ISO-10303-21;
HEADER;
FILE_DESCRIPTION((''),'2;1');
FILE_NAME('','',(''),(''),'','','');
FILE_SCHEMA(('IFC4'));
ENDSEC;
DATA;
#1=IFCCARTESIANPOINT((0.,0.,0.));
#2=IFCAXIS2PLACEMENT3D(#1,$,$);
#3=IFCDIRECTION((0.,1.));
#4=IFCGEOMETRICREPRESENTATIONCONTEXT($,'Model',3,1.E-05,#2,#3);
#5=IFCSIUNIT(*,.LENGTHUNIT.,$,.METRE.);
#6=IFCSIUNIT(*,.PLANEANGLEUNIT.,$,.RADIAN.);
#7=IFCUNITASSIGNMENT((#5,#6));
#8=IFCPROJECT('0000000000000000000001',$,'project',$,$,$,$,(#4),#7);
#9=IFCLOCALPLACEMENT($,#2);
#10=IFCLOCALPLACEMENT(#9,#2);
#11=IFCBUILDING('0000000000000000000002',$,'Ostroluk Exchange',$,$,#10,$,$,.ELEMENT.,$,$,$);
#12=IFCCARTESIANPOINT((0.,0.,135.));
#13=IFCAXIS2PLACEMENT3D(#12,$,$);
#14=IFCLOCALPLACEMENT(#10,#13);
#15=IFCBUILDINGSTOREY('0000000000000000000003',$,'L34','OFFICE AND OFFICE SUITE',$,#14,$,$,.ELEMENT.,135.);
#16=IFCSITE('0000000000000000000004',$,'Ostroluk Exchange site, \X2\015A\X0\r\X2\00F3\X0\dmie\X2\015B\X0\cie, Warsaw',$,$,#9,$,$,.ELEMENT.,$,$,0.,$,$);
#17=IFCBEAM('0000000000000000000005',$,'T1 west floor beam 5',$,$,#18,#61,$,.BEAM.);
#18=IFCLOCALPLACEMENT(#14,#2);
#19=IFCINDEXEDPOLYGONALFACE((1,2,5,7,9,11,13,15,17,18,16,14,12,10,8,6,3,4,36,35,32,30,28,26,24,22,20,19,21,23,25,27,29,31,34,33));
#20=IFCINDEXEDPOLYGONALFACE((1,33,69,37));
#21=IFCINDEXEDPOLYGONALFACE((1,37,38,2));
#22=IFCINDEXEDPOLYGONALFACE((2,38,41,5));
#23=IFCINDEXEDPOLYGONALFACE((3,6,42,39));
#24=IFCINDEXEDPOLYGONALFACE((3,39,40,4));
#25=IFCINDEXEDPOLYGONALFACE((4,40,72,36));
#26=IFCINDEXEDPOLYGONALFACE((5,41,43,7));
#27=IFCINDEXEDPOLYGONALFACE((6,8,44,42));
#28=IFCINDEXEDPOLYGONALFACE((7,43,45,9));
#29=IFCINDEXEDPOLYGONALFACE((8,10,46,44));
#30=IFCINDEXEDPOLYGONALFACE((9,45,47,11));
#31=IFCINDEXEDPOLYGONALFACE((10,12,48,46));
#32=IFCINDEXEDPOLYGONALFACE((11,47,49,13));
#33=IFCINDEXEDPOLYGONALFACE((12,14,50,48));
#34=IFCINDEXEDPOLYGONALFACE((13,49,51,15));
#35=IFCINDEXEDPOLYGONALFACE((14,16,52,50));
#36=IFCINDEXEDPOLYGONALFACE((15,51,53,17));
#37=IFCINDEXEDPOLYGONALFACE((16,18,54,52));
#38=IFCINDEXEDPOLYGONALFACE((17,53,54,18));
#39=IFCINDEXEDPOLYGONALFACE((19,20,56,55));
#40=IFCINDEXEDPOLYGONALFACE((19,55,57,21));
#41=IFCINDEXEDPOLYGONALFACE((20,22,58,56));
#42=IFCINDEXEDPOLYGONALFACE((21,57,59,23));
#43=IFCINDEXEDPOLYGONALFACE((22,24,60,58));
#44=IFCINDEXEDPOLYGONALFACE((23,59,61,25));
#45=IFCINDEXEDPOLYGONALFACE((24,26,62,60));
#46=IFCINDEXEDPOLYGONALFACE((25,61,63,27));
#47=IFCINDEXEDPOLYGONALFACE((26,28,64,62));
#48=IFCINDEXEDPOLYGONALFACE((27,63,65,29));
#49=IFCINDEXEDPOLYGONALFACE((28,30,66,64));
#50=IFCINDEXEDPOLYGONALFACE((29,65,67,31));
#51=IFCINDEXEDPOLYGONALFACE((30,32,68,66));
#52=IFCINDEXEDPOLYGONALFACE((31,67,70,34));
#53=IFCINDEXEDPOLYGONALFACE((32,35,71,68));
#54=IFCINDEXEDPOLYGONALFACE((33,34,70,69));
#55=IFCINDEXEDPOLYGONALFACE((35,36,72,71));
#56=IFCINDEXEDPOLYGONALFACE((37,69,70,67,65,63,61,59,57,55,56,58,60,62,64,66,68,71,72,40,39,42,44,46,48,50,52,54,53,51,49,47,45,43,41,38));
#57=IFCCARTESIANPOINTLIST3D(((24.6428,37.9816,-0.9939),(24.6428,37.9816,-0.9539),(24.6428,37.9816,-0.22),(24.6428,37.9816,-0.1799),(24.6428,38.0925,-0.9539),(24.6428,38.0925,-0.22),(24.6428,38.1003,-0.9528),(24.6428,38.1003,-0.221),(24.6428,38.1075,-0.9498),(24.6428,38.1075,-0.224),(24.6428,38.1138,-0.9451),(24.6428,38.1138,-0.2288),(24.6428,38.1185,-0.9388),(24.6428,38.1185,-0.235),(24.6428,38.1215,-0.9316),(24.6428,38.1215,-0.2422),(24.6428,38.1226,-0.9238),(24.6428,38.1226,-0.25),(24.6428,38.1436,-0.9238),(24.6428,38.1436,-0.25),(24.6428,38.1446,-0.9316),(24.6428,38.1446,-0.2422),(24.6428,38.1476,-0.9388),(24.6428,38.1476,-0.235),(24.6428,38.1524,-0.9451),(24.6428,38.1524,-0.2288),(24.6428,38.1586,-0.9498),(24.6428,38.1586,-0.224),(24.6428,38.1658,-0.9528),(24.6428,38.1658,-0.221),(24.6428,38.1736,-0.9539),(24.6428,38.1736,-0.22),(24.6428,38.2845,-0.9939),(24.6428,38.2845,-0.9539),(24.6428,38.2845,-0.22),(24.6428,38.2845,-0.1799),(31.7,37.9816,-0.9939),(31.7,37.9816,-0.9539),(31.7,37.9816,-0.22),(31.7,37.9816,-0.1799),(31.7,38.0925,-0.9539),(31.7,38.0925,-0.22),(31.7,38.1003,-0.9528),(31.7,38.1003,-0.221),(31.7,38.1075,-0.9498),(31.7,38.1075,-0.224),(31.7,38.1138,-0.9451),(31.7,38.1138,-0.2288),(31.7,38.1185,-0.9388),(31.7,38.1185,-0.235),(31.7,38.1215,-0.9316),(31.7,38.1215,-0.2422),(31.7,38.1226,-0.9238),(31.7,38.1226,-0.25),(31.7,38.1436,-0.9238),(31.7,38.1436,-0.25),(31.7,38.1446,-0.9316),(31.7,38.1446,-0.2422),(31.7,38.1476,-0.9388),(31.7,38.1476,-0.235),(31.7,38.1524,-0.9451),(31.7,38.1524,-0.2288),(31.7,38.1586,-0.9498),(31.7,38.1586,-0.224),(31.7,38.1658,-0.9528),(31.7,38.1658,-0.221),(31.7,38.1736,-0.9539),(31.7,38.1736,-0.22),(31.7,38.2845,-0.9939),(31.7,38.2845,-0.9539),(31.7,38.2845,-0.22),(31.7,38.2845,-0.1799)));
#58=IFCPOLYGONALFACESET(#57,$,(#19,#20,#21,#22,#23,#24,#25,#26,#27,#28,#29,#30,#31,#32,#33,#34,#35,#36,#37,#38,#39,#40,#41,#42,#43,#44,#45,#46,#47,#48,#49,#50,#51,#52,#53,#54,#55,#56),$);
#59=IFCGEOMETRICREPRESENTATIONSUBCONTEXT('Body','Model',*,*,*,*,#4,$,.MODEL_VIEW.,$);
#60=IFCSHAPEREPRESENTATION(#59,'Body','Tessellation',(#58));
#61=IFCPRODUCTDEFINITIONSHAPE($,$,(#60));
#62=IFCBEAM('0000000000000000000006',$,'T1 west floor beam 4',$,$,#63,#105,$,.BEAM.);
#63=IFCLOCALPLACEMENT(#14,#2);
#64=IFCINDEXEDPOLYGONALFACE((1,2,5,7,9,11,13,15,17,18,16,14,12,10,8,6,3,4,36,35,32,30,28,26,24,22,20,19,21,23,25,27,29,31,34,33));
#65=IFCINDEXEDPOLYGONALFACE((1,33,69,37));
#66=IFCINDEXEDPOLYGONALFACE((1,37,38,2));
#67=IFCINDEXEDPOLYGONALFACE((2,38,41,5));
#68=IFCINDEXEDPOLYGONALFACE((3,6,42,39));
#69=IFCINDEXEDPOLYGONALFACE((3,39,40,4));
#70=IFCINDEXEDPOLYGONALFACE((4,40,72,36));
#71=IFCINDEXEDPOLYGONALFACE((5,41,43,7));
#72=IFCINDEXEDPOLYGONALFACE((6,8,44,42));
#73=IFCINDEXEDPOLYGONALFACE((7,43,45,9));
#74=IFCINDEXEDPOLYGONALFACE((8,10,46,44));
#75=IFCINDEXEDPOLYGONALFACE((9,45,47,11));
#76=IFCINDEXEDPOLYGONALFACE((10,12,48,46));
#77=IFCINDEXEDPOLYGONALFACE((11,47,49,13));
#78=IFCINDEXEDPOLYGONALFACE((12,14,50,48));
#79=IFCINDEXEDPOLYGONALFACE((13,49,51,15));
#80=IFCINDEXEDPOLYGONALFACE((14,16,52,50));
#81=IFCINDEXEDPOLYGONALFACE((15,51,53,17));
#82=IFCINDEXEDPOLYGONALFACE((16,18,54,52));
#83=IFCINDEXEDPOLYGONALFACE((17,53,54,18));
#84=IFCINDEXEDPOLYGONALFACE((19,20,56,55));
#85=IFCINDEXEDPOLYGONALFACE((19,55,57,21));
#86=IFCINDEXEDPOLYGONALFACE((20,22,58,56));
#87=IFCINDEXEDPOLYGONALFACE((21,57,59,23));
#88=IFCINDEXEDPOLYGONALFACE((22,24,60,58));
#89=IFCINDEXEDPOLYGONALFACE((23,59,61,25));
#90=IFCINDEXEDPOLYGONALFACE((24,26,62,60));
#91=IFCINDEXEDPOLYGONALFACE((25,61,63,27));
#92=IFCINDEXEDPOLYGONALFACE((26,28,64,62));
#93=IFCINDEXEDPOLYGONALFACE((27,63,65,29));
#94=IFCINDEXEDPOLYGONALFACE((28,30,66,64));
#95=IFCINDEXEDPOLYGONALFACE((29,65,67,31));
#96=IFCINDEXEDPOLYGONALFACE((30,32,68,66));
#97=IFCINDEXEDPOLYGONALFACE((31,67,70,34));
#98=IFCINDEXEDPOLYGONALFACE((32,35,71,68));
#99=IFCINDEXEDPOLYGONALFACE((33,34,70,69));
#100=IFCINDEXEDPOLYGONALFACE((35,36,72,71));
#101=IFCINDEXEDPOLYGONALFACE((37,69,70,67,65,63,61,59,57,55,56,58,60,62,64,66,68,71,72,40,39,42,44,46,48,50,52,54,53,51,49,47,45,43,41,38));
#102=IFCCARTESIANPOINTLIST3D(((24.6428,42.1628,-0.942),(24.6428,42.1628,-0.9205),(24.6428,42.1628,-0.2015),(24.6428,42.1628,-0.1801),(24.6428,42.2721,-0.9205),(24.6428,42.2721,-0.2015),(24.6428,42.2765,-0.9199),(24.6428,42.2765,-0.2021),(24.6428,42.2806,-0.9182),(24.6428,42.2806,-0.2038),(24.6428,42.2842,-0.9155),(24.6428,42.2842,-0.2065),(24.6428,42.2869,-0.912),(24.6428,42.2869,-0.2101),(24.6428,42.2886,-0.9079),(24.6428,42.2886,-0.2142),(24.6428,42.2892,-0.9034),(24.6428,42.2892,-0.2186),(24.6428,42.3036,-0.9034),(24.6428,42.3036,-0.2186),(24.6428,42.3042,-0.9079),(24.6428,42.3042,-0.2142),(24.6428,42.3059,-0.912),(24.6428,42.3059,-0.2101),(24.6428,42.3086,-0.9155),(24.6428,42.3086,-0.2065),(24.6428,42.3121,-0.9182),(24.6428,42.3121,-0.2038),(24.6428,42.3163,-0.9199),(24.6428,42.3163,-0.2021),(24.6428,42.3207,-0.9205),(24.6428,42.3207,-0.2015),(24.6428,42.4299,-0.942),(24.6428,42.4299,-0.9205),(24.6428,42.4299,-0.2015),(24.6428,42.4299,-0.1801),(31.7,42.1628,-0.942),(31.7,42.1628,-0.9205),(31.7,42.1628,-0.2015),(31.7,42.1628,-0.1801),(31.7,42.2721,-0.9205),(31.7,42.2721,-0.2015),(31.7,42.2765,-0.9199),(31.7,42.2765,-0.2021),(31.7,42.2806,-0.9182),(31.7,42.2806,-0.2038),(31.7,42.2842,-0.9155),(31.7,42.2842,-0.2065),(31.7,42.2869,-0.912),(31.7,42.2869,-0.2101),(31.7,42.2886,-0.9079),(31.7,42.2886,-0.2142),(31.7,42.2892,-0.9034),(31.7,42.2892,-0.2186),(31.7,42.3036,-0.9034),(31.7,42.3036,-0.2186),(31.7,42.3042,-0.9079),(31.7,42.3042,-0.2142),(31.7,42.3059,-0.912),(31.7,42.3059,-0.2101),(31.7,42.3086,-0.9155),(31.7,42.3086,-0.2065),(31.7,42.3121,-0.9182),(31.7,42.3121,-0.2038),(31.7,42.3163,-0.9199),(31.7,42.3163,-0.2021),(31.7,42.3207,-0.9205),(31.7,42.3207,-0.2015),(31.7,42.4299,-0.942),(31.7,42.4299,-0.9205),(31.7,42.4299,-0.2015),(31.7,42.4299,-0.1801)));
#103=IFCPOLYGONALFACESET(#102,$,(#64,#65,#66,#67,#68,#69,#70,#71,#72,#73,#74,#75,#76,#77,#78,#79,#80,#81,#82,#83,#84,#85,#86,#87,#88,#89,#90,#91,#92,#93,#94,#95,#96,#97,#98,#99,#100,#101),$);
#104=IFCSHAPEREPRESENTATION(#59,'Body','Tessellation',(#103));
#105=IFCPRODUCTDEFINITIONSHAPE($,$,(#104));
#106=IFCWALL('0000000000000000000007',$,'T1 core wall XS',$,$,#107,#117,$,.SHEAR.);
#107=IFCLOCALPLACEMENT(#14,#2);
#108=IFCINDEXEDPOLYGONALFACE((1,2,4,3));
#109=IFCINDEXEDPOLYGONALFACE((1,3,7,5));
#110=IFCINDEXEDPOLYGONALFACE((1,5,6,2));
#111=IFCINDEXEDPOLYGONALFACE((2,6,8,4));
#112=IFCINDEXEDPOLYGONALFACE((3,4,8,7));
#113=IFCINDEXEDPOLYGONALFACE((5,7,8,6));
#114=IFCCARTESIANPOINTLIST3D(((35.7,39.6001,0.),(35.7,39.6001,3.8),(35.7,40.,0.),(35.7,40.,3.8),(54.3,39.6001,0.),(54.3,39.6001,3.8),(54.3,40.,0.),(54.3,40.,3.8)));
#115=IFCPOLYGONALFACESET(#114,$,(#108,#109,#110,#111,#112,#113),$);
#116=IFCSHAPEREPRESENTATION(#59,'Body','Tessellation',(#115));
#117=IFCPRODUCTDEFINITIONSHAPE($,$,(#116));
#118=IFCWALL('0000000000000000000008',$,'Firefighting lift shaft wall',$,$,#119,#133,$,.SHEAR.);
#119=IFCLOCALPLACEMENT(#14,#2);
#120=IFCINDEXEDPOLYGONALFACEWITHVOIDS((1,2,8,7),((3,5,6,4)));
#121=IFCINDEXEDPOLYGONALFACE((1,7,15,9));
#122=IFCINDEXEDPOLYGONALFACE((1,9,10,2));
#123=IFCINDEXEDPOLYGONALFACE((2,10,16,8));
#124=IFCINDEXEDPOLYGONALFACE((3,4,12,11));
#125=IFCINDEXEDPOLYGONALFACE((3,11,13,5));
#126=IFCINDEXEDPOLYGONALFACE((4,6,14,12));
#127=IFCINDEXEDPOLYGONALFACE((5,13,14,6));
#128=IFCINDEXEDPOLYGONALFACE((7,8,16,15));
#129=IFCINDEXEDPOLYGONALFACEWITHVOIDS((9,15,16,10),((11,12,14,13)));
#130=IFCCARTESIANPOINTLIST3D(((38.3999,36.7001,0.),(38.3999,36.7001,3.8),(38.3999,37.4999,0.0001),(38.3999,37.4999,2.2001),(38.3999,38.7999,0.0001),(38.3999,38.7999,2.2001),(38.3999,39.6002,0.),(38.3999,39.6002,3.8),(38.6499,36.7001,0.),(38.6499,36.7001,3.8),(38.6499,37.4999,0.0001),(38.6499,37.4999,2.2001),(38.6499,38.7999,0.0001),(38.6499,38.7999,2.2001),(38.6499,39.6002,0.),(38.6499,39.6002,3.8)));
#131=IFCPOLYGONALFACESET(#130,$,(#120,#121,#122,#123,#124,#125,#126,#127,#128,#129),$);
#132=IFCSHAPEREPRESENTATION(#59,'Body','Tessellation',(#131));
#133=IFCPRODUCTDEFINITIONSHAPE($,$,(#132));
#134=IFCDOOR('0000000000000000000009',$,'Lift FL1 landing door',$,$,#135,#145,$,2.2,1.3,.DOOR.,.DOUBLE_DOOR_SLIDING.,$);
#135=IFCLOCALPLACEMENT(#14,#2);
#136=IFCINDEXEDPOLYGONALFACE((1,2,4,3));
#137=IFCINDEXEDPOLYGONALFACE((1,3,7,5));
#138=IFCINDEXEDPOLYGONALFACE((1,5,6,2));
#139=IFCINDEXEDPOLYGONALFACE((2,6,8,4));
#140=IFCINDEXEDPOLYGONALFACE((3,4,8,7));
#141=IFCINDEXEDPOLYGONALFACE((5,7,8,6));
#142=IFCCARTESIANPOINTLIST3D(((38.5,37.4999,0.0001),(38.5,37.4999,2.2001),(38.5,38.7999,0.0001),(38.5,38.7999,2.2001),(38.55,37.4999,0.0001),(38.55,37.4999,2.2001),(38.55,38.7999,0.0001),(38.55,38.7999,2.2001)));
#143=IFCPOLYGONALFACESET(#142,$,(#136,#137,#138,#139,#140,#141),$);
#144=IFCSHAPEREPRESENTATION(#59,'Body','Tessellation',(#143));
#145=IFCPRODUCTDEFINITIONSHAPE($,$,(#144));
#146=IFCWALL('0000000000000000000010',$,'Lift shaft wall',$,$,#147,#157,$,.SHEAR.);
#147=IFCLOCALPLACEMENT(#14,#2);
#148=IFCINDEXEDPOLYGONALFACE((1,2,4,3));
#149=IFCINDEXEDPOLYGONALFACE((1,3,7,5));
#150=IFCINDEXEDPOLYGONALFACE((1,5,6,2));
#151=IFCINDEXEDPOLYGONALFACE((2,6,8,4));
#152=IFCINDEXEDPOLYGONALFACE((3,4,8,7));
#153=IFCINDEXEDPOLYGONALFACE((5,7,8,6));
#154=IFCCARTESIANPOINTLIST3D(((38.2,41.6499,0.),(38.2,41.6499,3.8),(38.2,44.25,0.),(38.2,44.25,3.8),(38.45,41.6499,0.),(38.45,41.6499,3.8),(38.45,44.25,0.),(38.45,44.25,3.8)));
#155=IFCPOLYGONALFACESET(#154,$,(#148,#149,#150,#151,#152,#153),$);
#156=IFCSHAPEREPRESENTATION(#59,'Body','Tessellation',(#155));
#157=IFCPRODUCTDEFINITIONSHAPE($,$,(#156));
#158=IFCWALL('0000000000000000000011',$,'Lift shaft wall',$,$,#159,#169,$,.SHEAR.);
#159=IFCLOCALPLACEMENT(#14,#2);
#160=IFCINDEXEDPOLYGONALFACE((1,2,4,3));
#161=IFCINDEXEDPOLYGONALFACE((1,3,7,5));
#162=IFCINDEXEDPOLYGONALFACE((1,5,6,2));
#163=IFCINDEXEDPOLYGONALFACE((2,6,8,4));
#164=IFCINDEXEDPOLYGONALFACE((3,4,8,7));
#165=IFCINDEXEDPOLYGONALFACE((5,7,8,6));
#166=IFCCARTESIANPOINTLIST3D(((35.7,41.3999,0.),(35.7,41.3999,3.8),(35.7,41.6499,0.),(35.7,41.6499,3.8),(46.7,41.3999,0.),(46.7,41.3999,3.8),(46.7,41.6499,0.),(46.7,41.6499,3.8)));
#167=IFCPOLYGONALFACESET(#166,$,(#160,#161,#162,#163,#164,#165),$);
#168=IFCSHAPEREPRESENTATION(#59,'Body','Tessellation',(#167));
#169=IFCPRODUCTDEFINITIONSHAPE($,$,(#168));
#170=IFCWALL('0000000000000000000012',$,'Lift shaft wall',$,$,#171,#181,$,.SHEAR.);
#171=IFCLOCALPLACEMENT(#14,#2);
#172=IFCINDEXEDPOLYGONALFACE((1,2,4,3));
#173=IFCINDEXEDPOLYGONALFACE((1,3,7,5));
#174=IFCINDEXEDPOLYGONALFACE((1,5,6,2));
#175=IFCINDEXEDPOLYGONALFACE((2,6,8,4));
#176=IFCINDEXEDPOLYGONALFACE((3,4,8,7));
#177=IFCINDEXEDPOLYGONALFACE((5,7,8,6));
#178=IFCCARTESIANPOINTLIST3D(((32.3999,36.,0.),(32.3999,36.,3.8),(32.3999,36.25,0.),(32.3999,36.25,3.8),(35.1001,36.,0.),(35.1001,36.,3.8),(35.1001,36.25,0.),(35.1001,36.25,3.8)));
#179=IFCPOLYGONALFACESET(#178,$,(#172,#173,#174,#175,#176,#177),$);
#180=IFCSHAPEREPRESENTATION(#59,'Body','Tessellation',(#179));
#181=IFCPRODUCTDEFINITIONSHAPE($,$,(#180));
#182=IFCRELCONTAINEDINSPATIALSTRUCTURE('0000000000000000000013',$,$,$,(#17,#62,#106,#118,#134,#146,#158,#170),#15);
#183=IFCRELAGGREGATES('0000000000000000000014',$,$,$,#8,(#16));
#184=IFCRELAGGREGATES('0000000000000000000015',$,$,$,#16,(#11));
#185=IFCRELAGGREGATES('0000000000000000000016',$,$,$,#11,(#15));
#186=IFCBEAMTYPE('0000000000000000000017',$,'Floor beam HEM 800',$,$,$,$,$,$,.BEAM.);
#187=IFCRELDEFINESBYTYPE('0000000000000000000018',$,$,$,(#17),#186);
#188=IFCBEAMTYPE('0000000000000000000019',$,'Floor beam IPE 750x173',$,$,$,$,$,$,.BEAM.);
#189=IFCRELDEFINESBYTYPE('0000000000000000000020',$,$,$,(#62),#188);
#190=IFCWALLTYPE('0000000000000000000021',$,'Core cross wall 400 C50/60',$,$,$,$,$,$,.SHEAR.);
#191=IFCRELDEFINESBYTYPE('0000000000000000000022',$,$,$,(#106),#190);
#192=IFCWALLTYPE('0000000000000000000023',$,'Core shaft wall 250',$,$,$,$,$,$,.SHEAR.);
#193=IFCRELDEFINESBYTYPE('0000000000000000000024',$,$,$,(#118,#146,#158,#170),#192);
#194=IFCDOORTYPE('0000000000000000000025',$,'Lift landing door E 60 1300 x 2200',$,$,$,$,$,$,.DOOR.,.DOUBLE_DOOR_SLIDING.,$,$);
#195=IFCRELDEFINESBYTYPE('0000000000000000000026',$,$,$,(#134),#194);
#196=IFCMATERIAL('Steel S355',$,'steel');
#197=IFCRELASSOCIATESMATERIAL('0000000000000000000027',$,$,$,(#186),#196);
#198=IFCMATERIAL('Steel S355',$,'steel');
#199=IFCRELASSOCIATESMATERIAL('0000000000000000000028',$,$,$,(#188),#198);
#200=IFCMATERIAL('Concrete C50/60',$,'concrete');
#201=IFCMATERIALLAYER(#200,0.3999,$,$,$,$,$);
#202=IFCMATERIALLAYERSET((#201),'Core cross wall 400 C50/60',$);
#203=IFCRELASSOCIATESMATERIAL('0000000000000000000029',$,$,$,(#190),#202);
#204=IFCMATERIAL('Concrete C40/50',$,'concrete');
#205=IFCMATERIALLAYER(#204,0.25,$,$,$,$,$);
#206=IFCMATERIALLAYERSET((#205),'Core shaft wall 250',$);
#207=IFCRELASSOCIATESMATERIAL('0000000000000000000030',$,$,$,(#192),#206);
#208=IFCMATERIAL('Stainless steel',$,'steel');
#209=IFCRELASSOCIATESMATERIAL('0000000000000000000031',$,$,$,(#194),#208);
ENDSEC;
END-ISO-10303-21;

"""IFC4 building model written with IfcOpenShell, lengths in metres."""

from ifc_helpers import new_model, si_unit, direction, frame, frame_2d, origin, origin_2d, place, context, subcontext, project, spatial, rectangle, i_section, extrude, material, layer, layer_set, material_profile, profile_set, type_object, element, fill, save


model = new_model("IFC4")

# Units and contexts
model_context = context("Model", 3, precision=1e-05, world=origin(), true_north=direction((0.0, 1.0)))
body_context = subcontext(model_context, "Body", "Model", "MODEL_VIEW")
ifc_project = project(units=[si_unit("LENGTHUNIT", "METRE"), si_unit("PLANEANGLEUNIT", "RADIAN")], contexts=[model_context])

# Site, building, storey
site_placement = place(None, origin())
site = spatial("IfcSite", under=ifc_project, at=site_placement, Name="Ostroluk Exchange site, Śródmieście, Warsaw", CompositionType="ELEMENT", RefElevation=0.0)
building_placement = place(site_placement, origin())
building = spatial("IfcBuilding", under=site, at=building_placement, Name="Ostroluk Exchange", CompositionType="ELEMENT")
storey_placement = place(building_placement, frame((0.0, 0.0, 135.0)))
storey = spatial("IfcBuildingStorey", under=building, at=storey_placement, Name="L34", Description="OFFICE AND OFFICE SUITE", CompositionType="ELEMENT", Elevation=135.0)

# Beams
ifc_material_1 = material(Name="Steel S355", Category="steel")
ifc_material_profile_1 = material_profile(ifc_material_1, i_section(OverallWidth=0.303, OverallDepth=0.814, WebThickness=0.021, FlangeThickness=0.04, FilletRadius=0.03, at=origin_2d()), Name="HEM 800")
ifc_profile_set_1 = profile_set([ifc_material_profile_1], Name="Steel S355")
beam_type_1 = type_object("IfcBeamType", Name="Floor beam HEM 800", PredefinedType="BEAM", material=ifc_profile_set_1)
beam_1_placement = place(storey_placement, frame((31.7, 38.1331, -0.5869), z_axis=(-1.0, 0.0, 0.0), x_axis=(0.0, -1.0, 0.0)))
element("IfcBeam", 1, at=beam_1_placement, inside=storey, type_object=beam_type_1, Name="T1 west floor beam 5", PredefinedType="BEAM", context=body_context, shape_type="SweptSolid", body=[
    extrude(i_section(OverallWidth=0.303, OverallDepth=0.814, WebThickness=0.021, FlangeThickness=0.04, FilletRadius=0.03, at=origin_2d()), origin(), (0.0, 0.0, 1.0), 7.0571),
])
ifc_material_2 = material(Name="Steel S355", Category="steel")
ifc_material_profile_2 = material_profile(ifc_material_2, i_section(OverallWidth=0.2671, OverallDepth=0.762, WebThickness=0.0144, FlangeThickness=0.0215, FilletRadius=0.0171, at=origin_2d()), Name="IPE 750x173")
ifc_profile_set_2 = profile_set([ifc_material_profile_2], Name="Steel S355")
beam_type_2 = type_object("IfcBeamType", Name="Floor beam IPE 750x173", PredefinedType="BEAM", material=ifc_profile_set_2)
beam_2_placement = place(storey_placement, frame((31.7, 42.2964, -0.561), z_axis=(-1.0, 0.0, 0.0), x_axis=(0.0, -1.0, 0.0)))
element("IfcBeam", 2, at=beam_2_placement, inside=storey, type_object=beam_type_2, Name="T1 west floor beam 4", PredefinedType="BEAM", context=body_context, shape_type="SweptSolid", body=[
    extrude(i_section(OverallWidth=0.2671, OverallDepth=0.762, WebThickness=0.0144, FlangeThickness=0.0215, FilletRadius=0.0171, at=origin_2d()), origin(), (0.0, 0.0, 1.0), 7.0571),
])

# Wall
ifc_material_3 = material(Name="Concrete C50/60", Category="concrete")
ifc_layer_1 = layer(ifc_material_3, 0.3999)
ifc_layer_set_1 = layer_set([ifc_layer_1], Name="Core cross wall 400 C50/60")
wall_type_1 = type_object("IfcWallType", Name="Core cross wall 400 C50/60", PredefinedType="SHEAR", material=ifc_layer_set_1)
wall_1_placement = place(storey_placement, frame((35.7, 39.8, 0.0), z_axis=(0.0, 0.0, 1.0), x_axis=(1.0, 0.0, 0.0)))
element("IfcWall", 3, at=wall_1_placement, inside=storey, type_object=wall_type_1, Name="T1 core wall XS", PredefinedType="SHEAR", context=body_context, shape_type="SweptSolid", body=[
    extrude(rectangle(XDim=18.6001, YDim=0.3999, at=frame_2d((9.3, 0.0))), origin(), (0.0, 0.0, 1.0), 3.8),
])

# Wall, opening, door
ifc_material_4 = material(Name="Concrete C40/50", Category="concrete")
ifc_layer_2 = layer(ifc_material_4, 0.25)
ifc_layer_set_2 = layer_set([ifc_layer_2], Name="Core shaft wall 250")
wall_type_2 = type_object("IfcWallType", Name="Core shaft wall 250", PredefinedType="SHEAR", material=ifc_layer_set_2)
wall_2_placement = place(storey_placement, frame((38.5249, 36.7, 0.0), z_axis=(0.0, 0.0, 1.0), x_axis=(0.0, 1.0, 0.0)))
wall_2 = element("IfcWall", 4, at=wall_2_placement, inside=storey, type_object=wall_type_2, Name="Firefighting lift shaft wall", PredefinedType="SHEAR", context=body_context, shape_type="SweptSolid", body=[
    extrude(rectangle(XDim=2.9001, YDim=0.25, at=frame_2d((1.4502, 0.0))), origin(), (0.0, 0.0, 1.0), 3.8),
])
opening_1_placement = place(wall_2_placement, frame((0.8, 0.0, 0.0)))
opening_1 = element("IfcOpeningElement", 5, at=opening_1_placement, cuts=wall_2, PredefinedType="OPENING", context=body_context, shape_type="SweptSolid", body=[
    extrude(rectangle(XDim=1.3, YDim=2.2, at=frame_2d((0.6499, 1.1001))), frame((0.0, 0.135, 0.0), z_axis=(0.0, -1.0, 0.0), x_axis=(1.0, 0.0, 0.0)), (0.0, 0.0, 1.0), 0.27),
])
ifc_material_5 = material(Name="Stainless steel", Category="steel")
door_type_1 = type_object("IfcDoorType", Name="Lift landing door E 60 1300 x 2200", OperationType="DOUBLE_DOOR_SLIDING", PredefinedType="DOOR", material=ifc_material_5)
door_1_placement = place(opening_1_placement, origin())
door_1 = element("IfcDoor", 6, at=door_1_placement, inside=storey, type_object=door_type_1, Name="Lift FL1 landing door", OperationType="DOUBLE_DOOR_SLIDING", OverallHeight=2.2, OverallWidth=1.3, PredefinedType="DOOR", context=body_context, shape_type="SweptSolid", body=[
    extrude(rectangle(XDim=1.3, YDim=2.2, at=frame_2d((0.6499, 1.1001))), frame((0.0, 0.0249, 0.0), z_axis=(0.0, -1.0, 0.0), x_axis=(1.0, 0.0, 0.0)), (0.0, 0.0, 1.0), 0.05),
])
fill(opening_1, door_1)

# Walls
wall_3_placement = place(storey_placement, frame((38.325, 44.25, 0.0), z_axis=(0.0, 0.0, 1.0), x_axis=(0.0, -1.0, 0.0)))
element("IfcWall", 7, at=wall_3_placement, inside=storey, type_object=wall_type_2, Name="Lift shaft wall", PredefinedType="SHEAR", context=body_context, shape_type="SweptSolid", body=[
    extrude(rectangle(XDim=2.6001, YDim=0.25, at=frame_2d((1.3, 0.0))), origin(), (0.0, 0.0, 1.0), 3.8),
])
wall_4_placement = place(storey_placement, frame((35.7, 41.5249, 0.0), z_axis=(0.0, 0.0, 1.0), x_axis=(1.0, 0.0, 0.0)))
element("IfcWall", 8, at=wall_4_placement, inside=storey, type_object=wall_type_2, Name="Lift shaft wall", PredefinedType="SHEAR", context=body_context, shape_type="SweptSolid", body=[
    extrude(rectangle(XDim=11.0, YDim=0.25, at=frame_2d((5.5, 0.0))), origin(), (0.0, 0.0, 1.0), 3.8),
])
for number, where, z_axis, x_axis, name in (
    (9, (32.3999, 36.125, 0.0), (0.0, 0.0, 1.0), (1.0, 0.0, 0.0), "Lift shaft wall"),
):
    element("IfcWall", number, at=place(storey_placement, frame(where, z_axis=z_axis, x_axis=x_axis)), inside=storey, type_object=wall_type_2, Name=name, PredefinedType="SHEAR", context=body_context, shape_type="SweptSolid", body=[
        extrude(rectangle(XDim=2.7002, YDim=0.25, at=frame_2d((1.3501, 0.0))), origin(), (0.0, 0.0, 1.0), 3.8),
    ])

save(model, "model.ifc")
